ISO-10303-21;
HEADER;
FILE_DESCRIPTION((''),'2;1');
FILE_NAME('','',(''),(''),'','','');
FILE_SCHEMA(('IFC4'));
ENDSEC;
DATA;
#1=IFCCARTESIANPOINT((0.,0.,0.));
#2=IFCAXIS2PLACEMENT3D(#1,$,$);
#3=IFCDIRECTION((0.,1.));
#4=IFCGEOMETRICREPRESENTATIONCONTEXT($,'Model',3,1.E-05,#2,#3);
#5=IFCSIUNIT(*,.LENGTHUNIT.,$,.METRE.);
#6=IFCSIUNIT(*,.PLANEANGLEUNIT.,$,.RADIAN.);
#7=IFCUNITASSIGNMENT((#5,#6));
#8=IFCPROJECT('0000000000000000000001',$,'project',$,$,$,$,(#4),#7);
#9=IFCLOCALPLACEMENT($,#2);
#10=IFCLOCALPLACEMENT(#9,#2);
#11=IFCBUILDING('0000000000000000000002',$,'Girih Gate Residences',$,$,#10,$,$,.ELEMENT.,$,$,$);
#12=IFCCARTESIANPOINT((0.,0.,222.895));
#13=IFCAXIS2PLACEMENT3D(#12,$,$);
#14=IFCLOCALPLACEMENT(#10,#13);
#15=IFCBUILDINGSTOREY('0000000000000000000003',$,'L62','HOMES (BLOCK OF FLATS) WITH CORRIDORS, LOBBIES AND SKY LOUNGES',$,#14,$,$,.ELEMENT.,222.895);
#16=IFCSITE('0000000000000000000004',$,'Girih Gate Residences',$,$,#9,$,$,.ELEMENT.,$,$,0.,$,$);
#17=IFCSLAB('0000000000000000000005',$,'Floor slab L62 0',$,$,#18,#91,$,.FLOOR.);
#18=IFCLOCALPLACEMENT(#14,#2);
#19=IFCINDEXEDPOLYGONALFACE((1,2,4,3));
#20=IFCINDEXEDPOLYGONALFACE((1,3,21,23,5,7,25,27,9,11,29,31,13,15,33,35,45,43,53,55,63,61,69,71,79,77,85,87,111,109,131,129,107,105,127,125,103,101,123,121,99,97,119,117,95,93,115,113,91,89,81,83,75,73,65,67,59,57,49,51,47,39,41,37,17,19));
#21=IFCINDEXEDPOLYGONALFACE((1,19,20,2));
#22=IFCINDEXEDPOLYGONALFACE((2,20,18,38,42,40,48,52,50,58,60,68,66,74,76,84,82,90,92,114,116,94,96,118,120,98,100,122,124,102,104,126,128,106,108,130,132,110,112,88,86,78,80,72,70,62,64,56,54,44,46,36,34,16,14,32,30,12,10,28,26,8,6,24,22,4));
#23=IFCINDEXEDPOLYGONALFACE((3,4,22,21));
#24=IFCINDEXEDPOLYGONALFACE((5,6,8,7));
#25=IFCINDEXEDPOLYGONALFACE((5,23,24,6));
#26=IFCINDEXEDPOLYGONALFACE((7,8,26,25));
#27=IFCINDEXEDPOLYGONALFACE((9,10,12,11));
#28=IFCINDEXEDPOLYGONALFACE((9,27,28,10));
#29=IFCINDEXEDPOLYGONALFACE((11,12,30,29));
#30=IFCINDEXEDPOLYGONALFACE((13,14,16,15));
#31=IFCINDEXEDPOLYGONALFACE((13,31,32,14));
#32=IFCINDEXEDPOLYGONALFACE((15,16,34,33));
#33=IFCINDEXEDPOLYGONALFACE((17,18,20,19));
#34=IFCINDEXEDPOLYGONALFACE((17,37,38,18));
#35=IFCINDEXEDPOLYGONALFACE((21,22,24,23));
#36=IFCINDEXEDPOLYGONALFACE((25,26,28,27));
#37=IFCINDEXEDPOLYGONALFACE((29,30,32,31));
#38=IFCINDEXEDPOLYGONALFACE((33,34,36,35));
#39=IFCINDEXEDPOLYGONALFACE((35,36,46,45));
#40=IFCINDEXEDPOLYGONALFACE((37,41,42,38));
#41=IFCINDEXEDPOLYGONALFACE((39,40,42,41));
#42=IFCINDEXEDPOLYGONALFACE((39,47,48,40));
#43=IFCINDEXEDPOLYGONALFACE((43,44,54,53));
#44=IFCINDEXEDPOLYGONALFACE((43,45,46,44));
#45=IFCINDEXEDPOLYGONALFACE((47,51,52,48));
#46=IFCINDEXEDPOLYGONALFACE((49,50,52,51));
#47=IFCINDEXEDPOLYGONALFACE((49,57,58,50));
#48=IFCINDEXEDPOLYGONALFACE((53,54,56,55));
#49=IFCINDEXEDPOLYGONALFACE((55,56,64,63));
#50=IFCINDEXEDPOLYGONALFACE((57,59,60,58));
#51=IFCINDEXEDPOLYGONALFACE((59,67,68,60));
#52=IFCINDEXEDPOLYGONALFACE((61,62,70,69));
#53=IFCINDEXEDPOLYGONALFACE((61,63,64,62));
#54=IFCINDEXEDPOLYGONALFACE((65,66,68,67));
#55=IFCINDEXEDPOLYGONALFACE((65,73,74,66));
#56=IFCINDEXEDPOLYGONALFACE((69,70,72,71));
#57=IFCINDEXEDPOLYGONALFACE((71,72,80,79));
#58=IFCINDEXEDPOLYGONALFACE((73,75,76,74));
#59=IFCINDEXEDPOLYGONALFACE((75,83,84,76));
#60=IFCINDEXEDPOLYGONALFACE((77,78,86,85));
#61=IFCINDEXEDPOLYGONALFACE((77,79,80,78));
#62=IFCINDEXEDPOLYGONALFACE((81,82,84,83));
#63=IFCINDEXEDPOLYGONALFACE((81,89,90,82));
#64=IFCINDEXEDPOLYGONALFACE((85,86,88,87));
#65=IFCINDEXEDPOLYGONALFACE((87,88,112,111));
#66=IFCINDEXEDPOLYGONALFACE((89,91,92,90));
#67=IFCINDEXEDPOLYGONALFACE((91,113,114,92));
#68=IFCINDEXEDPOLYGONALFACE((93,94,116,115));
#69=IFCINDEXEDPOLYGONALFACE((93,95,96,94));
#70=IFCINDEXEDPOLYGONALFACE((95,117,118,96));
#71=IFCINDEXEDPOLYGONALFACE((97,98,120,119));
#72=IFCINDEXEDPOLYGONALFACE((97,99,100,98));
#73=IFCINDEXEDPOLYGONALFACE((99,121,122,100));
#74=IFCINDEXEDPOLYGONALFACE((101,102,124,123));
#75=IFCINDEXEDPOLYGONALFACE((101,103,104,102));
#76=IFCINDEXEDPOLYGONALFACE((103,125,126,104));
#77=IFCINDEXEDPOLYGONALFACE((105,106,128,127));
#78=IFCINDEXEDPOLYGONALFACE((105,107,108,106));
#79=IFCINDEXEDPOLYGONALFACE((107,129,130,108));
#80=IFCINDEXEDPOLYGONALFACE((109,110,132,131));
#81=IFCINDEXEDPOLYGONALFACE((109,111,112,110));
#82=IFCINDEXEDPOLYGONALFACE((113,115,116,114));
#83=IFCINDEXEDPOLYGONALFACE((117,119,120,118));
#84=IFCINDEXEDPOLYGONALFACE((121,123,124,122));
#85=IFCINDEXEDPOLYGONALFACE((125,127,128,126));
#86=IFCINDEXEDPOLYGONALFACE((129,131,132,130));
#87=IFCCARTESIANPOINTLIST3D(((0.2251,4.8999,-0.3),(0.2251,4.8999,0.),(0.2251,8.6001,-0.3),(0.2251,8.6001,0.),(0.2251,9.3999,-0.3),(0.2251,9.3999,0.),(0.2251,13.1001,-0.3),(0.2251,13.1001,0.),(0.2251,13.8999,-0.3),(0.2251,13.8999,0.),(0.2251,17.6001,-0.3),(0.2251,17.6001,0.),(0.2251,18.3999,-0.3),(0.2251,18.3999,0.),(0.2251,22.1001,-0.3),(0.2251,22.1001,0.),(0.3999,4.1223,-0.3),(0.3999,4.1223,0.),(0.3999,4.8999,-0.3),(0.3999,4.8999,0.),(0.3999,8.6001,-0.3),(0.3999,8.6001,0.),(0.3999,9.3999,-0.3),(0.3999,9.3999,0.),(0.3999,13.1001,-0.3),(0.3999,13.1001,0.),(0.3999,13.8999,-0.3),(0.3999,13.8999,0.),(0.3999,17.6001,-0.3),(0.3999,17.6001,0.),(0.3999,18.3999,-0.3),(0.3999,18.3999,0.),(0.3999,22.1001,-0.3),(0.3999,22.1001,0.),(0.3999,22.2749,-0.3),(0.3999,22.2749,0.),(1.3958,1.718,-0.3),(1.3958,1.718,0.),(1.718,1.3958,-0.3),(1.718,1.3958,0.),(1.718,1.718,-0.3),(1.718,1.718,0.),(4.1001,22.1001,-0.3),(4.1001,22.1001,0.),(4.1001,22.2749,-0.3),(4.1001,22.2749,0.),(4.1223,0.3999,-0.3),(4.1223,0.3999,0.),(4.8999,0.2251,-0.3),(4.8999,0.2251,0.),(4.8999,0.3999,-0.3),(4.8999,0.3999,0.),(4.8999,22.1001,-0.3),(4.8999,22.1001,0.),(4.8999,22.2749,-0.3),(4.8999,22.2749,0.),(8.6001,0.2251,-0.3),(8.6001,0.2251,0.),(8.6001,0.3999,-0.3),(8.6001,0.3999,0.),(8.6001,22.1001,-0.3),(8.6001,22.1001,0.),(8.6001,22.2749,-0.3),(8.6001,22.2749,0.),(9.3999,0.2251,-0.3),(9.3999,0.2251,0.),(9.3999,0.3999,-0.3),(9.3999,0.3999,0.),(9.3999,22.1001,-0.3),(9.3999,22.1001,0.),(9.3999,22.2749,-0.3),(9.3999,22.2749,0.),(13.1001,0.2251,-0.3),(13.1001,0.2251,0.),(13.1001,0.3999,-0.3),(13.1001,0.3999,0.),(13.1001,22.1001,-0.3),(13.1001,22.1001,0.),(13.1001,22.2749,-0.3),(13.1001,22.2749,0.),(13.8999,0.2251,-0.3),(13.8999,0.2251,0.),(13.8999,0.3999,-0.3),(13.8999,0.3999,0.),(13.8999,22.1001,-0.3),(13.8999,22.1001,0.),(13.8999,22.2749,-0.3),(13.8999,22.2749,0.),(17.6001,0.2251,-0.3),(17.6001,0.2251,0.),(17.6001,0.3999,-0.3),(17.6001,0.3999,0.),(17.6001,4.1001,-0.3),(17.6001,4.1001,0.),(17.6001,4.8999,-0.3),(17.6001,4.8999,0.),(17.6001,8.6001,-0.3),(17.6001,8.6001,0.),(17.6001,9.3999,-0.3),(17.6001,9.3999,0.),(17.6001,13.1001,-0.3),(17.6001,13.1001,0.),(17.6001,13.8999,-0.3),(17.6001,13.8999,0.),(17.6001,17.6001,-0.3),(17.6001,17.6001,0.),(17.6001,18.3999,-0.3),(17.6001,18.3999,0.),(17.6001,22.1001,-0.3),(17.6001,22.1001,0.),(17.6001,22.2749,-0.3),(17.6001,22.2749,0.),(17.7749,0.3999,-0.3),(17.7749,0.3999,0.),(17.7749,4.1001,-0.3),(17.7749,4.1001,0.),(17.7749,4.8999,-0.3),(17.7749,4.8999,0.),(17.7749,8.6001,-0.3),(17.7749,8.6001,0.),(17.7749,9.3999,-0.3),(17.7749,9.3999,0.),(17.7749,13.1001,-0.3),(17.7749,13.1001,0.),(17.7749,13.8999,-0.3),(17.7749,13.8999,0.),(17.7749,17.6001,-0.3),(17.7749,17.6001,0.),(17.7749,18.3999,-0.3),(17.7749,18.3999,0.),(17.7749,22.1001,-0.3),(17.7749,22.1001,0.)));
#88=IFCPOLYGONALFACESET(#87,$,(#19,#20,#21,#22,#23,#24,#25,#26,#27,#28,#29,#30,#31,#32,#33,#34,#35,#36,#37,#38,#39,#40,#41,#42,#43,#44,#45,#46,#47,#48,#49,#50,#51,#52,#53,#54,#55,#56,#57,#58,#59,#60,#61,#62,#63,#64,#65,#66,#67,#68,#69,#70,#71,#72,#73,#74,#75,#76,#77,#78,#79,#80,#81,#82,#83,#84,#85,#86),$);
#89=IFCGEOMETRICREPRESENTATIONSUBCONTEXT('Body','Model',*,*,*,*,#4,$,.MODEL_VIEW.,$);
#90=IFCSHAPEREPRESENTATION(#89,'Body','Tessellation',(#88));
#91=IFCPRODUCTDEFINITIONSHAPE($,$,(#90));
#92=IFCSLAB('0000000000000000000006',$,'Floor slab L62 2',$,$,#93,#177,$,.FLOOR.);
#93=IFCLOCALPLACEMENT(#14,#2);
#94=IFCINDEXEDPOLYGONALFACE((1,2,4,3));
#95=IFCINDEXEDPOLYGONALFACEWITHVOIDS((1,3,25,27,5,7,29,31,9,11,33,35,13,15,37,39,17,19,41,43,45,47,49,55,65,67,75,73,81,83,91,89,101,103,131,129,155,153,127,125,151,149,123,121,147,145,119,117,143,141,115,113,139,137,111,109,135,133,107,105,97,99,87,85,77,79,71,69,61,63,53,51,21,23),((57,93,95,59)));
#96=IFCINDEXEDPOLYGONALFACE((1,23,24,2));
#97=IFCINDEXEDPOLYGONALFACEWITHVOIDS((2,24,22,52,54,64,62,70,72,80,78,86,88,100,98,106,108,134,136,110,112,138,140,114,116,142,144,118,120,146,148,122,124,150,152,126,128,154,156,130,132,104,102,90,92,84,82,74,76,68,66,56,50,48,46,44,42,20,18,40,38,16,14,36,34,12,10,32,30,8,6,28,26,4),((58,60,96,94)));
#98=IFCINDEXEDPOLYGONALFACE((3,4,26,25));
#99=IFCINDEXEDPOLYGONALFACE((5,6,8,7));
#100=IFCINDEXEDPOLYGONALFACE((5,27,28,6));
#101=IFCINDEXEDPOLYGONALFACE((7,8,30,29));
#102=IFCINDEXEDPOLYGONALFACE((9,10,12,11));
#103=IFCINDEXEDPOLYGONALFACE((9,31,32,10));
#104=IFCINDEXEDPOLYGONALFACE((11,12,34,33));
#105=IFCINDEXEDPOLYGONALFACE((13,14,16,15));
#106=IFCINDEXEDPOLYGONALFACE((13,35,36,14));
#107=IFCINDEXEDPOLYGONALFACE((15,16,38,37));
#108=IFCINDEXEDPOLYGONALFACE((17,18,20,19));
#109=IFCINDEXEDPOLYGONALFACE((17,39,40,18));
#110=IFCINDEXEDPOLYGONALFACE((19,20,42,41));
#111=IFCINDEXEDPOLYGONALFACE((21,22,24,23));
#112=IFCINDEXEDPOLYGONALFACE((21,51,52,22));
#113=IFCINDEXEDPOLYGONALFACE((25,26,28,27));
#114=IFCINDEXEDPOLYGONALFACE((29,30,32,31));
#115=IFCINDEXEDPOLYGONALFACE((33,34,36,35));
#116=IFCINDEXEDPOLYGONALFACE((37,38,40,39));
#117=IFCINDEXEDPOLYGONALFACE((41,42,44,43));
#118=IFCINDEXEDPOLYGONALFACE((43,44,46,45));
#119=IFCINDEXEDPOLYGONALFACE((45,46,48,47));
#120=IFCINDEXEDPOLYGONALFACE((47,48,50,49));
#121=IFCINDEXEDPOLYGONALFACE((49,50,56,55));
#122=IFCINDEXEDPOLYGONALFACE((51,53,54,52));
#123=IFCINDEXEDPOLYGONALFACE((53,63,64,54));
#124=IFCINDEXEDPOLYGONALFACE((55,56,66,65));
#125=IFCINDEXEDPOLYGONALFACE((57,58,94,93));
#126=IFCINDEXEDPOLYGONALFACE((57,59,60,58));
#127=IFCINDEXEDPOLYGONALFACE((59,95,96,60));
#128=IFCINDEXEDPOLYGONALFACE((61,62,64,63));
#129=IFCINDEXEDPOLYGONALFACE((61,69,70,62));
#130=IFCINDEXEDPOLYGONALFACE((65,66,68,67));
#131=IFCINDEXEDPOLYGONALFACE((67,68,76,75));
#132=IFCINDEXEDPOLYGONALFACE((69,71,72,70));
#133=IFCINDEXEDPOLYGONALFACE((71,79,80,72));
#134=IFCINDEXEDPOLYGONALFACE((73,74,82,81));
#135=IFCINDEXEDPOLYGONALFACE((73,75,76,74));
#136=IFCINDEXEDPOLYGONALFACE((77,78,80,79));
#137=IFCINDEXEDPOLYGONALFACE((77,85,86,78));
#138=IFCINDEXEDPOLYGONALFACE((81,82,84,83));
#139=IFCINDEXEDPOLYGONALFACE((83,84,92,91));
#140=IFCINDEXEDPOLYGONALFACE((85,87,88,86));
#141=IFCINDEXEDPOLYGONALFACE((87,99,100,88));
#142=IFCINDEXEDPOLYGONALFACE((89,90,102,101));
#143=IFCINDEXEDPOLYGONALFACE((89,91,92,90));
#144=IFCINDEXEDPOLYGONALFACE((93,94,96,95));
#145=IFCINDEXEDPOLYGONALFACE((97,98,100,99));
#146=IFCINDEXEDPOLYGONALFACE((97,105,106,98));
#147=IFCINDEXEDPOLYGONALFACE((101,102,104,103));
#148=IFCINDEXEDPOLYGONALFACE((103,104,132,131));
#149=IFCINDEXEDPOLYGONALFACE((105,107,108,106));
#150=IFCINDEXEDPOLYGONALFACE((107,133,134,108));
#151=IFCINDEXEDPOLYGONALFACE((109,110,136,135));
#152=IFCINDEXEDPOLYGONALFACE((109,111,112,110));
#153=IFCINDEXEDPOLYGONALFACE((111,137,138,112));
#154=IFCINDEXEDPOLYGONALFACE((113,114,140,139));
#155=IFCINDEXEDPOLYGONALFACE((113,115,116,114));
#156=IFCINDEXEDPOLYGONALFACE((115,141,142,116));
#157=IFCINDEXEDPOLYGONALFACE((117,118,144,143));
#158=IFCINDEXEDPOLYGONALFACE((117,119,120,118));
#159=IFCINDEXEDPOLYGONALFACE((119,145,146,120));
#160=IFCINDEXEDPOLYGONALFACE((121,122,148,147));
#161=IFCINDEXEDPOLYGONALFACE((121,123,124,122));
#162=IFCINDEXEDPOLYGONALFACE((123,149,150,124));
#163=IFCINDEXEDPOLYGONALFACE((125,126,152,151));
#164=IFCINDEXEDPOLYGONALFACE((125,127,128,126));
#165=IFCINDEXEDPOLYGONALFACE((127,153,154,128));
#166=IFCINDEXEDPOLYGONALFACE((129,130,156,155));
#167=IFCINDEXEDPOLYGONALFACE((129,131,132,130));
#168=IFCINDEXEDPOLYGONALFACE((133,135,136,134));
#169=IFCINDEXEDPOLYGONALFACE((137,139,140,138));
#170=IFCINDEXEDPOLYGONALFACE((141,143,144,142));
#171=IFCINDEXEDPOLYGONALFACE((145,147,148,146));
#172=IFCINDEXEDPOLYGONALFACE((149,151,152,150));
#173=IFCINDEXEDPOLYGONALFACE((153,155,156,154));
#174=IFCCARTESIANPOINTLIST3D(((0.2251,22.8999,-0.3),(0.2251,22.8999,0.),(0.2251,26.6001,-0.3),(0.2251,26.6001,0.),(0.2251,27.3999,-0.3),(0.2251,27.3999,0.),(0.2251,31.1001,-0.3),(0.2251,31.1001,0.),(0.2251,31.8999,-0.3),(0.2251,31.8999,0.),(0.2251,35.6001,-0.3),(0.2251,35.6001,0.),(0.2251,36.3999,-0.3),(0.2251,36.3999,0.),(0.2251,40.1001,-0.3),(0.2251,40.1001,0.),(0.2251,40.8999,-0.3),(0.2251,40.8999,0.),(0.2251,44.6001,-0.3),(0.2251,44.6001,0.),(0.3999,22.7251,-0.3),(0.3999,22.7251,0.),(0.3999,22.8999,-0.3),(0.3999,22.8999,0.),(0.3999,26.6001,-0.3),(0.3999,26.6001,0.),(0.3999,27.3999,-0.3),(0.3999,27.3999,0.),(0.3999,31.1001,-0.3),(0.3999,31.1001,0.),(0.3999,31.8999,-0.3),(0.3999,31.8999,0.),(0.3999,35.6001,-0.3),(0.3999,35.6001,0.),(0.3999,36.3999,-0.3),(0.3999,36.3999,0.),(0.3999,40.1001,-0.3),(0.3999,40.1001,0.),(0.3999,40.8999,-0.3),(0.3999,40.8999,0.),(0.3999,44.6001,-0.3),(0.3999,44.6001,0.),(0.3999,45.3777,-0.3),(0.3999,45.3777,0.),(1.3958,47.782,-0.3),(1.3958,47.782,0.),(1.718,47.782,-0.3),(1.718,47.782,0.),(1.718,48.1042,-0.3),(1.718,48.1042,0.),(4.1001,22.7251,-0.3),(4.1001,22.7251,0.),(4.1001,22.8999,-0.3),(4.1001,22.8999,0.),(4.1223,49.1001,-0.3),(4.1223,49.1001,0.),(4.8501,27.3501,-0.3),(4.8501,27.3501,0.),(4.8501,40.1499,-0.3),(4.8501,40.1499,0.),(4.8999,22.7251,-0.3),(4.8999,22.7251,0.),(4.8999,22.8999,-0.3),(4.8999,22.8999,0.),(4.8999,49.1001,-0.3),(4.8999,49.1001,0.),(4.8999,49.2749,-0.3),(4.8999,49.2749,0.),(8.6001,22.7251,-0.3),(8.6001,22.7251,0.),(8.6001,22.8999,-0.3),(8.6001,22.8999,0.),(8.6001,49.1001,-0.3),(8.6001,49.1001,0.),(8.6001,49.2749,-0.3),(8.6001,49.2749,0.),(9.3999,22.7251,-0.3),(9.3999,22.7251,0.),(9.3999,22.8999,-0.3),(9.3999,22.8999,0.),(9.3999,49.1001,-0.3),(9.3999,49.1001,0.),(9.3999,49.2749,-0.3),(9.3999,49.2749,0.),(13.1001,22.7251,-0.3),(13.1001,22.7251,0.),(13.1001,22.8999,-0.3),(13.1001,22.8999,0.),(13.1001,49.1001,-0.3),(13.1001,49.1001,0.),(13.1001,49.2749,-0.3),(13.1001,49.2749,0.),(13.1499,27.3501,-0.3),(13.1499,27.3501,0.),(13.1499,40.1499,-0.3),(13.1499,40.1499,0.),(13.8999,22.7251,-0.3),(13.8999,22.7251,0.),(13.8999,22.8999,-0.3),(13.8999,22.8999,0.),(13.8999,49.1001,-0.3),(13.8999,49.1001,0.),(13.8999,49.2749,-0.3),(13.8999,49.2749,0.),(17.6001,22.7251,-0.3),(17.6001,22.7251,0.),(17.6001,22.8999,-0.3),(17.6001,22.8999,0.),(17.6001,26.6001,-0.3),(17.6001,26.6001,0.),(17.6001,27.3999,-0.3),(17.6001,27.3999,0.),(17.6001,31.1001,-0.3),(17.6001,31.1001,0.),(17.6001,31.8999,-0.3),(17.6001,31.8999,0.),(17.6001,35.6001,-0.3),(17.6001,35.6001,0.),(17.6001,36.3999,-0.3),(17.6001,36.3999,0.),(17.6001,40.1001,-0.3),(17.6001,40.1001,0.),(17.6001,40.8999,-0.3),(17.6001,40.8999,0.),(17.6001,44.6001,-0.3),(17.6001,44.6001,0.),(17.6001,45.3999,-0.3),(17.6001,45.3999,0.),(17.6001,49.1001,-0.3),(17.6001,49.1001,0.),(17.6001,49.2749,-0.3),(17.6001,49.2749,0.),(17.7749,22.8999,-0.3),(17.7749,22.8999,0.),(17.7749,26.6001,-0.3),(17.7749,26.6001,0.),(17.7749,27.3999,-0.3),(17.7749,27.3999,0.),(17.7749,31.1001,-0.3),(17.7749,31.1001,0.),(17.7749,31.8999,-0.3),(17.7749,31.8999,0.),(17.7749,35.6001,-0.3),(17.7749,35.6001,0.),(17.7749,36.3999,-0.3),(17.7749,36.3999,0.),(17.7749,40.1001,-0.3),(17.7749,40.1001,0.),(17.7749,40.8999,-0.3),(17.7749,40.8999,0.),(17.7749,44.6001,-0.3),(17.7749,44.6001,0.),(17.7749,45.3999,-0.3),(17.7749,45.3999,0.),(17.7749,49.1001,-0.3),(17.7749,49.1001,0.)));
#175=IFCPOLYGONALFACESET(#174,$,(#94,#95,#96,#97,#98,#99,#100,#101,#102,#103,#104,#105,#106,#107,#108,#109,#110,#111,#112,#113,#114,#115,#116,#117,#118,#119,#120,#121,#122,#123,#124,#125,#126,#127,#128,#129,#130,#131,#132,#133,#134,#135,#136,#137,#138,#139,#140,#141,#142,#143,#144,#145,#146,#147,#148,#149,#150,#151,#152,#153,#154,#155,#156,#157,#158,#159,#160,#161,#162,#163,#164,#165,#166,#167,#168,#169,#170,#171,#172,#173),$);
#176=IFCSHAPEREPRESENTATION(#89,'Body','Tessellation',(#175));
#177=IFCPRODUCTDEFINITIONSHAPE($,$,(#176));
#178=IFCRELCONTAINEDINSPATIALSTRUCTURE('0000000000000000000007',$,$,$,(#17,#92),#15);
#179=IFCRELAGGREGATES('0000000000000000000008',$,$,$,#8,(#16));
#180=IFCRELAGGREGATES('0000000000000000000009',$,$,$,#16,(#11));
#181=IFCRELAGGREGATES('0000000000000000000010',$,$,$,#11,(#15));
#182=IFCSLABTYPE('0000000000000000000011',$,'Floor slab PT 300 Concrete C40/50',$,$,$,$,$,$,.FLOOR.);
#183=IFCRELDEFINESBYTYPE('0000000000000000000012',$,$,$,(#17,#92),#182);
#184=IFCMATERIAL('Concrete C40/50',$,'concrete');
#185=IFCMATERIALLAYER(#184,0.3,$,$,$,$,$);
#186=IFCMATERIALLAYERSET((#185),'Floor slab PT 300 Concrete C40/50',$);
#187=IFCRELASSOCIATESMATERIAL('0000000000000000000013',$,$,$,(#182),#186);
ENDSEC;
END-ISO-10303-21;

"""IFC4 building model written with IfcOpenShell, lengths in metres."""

from ifc_helpers import new_model, si_unit, direction, frame, origin, place, context, subcontext, project, spatial, polyline, outline, extrude, material, layer, layer_set, type_object, element, save


model = new_model("IFC4")

# Units and contexts
model_context = context("Model", 3, precision=1e-05, world=origin(), true_north=direction((0.0, 1.0)))
body_context = subcontext(model_context, "Body", "Model", "MODEL_VIEW")
ifc_project = project(units=[si_unit("LENGTHUNIT", "METRE"), si_unit("PLANEANGLEUNIT", "RADIAN")], contexts=[model_context])

# Site, building, storey
site_placement = place(None, origin())
site = spatial("IfcSite", under=ifc_project, at=site_placement, Name="Girih Gate Residences", CompositionType="ELEMENT", RefElevation=0.0)
building_placement = place(site_placement, origin())
building = spatial("IfcBuilding", under=site, at=building_placement, Name="Girih Gate Residences", CompositionType="ELEMENT")
storey_placement = place(building_placement, frame((0.0, 0.0, 222.895)))
storey = spatial("IfcBuildingStorey", under=building, at=storey_placement, Name="L62", Description="HOMES (BLOCK OF FLATS) WITH CORRIDORS, LOBBIES AND SKY LOUNGES", CompositionType="ELEMENT", Elevation=222.895)

# Slabs
ifc_material_1 = material(Name="Concrete C40/50", Category="concrete")
ifc_layer_1 = layer(ifc_material_1, 0.3)
ifc_layer_set_1 = layer_set([ifc_layer_1], Name="Floor slab PT 300 Concrete C40/50")
slab_type_1 = type_object("IfcSlabType", Name="Floor slab PT 300 Concrete C40/50", PredefinedType="FLOOR", material=ifc_layer_set_1)
slab_1_placement = place(storey_placement, frame((0.0, 0.0, -0.3)))
element("IfcSlab", 1, at=slab_1_placement, inside=storey, type_object=slab_type_1, Name="Floor slab L62 0", PredefinedType="FLOOR", context=body_context, shape_type="SweptSolid", body=[
    extrude(outline(polyline([(13.8999, 0.2251), (17.6001, 0.2251), (17.6001, 0.3999), (17.7749, 0.3999), (17.7749, 4.1001), (17.6001, 4.1001), (17.6001, 4.8999), (17.7749, 4.8999), (17.7749, 8.6001), (17.6001, 8.6001), (17.6001, 9.3999), (17.7749, 9.3999), (17.7749, 13.1001), (17.6001, 13.1001), (17.6001, 13.8999), (17.7749, 13.8999), (17.7749, 17.6001), (17.6001, 17.6001), (17.6001, 18.3999), (17.7749, 18.3999), (17.7749, 22.1001), (17.6001, 22.1001), (17.6001, 22.2749), (13.8999, 22.2749), (13.8999, 22.1001), (13.1001, 22.1001), (13.1001, 22.2749), (9.3999, 22.2749), (9.3999, 22.1001), (8.6001, 22.1001), (8.6001, 22.2749), (4.8999, 22.2749), (4.8999, 22.1001), (4.1001, 22.1001), (4.1001, 22.2749), (0.3999, 22.2749), (0.3999, 22.1001), (0.2251, 22.1001), (0.2251, 18.3999), (0.3999, 18.3999), (0.3999, 17.6001), (0.2251, 17.6001), (0.2251, 13.8999), (0.3999, 13.8999), (0.3999, 13.1001), (0.2251, 13.1001), (0.2251, 9.3999), (0.3999, 9.3999), (0.3999, 8.6001), (0.2251, 8.6001), (0.2251, 4.8999), (0.3999, 4.8999), (0.3999, 4.1223), (1.3958, 1.718), (1.718, 1.718), (1.718, 1.3958), (4.1223, 0.3999), (4.8999, 0.3999), (4.8999, 0.2251), (8.6001, 0.2251), (8.6001, 0.3999), (9.3999, 0.3999), (9.3999, 0.2251), (13.1001, 0.2251), (13.1001, 0.3999), (13.8999, 0.3999), (13.8999, 0.2251)])), origin(), (0.0, 0.0, 1.0), 0.3),
])
slab_2_placement = place(storey_placement, frame((0.0, 0.0, -0.3)))
element("IfcSlab", 2, at=slab_2_placement, inside=storey, type_object=slab_type_1, Name="Floor slab L62 2", PredefinedType="FLOOR", context=body_context, shape_type="SweptSolid", body=[
    extrude(outline(polyline([(0.2251, 26.6001), (0.2251, 22.8999), (0.3999, 22.8999), (0.3999, 22.7251), (4.1001, 22.7251), (4.1001, 22.8999), (4.8999, 22.8999), (4.8999, 22.7251), (8.6001, 22.7251), (8.6001, 22.8999), (9.3999, 22.8999), (9.3999, 22.7251), (13.1001, 22.7251), (13.1001, 22.8999), (13.8999, 22.8999), (13.8999, 22.7251), (17.6001, 22.7251), (17.6001, 22.8999), (17.7749, 22.8999), (17.7749, 26.6001), (17.6001, 26.6001), (17.6001, 27.3999), (17.7749, 27.3999), (17.7749, 31.1001), (17.6001, 31.1001), (17.6001, 31.8999), (17.7749, 31.8999), (17.7749, 35.6001), (17.6001, 35.6001), (17.6001, 36.3999), (17.7749, 36.3999), (17.7749, 40.1001), (17.6001, 40.1001), (17.6001, 40.8999), (17.7749, 40.8999), (17.7749, 44.6001), (17.6001, 44.6001), (17.6001, 45.3999), (17.7749, 45.3999), (17.7749, 49.1001), (17.6001, 49.1001), (17.6001, 49.2749), (13.8999, 49.2749), (13.8999, 49.1001), (13.1001, 49.1001), (13.1001, 49.2749), (9.3999, 49.2749), (9.3999, 49.1001), (8.6001, 49.1001), (8.6001, 49.2749), (4.8999, 49.2749), (4.8999, 49.1001), (4.1223, 49.1001), (1.718, 48.1042), (1.718, 47.782), (1.3958, 47.782), (0.3999, 45.3777), (0.3999, 44.6001), (0.2251, 44.6001), (0.2251, 40.8999), (0.3999, 40.8999), (0.3999, 40.1001), (0.2251, 40.1001), (0.2251, 36.3999), (0.3999, 36.3999), (0.3999, 35.6001), (0.2251, 35.6001), (0.2251, 31.8999), (0.3999, 31.8999), (0.3999, 31.1001), (0.2251, 31.1001), (0.2251, 27.3999), (0.3999, 27.3999), (0.3999, 26.6001), (0.2251, 26.6001)]), holes=[polyline([(13.1499, 40.1499), (13.1499, 27.3501), (4.8501, 27.3501), (4.8501, 40.1499), (13.1499, 40.1499)])]), origin(), (0.0, 0.0, 1.0), 0.3),
])

save(model, "model.ifc")
